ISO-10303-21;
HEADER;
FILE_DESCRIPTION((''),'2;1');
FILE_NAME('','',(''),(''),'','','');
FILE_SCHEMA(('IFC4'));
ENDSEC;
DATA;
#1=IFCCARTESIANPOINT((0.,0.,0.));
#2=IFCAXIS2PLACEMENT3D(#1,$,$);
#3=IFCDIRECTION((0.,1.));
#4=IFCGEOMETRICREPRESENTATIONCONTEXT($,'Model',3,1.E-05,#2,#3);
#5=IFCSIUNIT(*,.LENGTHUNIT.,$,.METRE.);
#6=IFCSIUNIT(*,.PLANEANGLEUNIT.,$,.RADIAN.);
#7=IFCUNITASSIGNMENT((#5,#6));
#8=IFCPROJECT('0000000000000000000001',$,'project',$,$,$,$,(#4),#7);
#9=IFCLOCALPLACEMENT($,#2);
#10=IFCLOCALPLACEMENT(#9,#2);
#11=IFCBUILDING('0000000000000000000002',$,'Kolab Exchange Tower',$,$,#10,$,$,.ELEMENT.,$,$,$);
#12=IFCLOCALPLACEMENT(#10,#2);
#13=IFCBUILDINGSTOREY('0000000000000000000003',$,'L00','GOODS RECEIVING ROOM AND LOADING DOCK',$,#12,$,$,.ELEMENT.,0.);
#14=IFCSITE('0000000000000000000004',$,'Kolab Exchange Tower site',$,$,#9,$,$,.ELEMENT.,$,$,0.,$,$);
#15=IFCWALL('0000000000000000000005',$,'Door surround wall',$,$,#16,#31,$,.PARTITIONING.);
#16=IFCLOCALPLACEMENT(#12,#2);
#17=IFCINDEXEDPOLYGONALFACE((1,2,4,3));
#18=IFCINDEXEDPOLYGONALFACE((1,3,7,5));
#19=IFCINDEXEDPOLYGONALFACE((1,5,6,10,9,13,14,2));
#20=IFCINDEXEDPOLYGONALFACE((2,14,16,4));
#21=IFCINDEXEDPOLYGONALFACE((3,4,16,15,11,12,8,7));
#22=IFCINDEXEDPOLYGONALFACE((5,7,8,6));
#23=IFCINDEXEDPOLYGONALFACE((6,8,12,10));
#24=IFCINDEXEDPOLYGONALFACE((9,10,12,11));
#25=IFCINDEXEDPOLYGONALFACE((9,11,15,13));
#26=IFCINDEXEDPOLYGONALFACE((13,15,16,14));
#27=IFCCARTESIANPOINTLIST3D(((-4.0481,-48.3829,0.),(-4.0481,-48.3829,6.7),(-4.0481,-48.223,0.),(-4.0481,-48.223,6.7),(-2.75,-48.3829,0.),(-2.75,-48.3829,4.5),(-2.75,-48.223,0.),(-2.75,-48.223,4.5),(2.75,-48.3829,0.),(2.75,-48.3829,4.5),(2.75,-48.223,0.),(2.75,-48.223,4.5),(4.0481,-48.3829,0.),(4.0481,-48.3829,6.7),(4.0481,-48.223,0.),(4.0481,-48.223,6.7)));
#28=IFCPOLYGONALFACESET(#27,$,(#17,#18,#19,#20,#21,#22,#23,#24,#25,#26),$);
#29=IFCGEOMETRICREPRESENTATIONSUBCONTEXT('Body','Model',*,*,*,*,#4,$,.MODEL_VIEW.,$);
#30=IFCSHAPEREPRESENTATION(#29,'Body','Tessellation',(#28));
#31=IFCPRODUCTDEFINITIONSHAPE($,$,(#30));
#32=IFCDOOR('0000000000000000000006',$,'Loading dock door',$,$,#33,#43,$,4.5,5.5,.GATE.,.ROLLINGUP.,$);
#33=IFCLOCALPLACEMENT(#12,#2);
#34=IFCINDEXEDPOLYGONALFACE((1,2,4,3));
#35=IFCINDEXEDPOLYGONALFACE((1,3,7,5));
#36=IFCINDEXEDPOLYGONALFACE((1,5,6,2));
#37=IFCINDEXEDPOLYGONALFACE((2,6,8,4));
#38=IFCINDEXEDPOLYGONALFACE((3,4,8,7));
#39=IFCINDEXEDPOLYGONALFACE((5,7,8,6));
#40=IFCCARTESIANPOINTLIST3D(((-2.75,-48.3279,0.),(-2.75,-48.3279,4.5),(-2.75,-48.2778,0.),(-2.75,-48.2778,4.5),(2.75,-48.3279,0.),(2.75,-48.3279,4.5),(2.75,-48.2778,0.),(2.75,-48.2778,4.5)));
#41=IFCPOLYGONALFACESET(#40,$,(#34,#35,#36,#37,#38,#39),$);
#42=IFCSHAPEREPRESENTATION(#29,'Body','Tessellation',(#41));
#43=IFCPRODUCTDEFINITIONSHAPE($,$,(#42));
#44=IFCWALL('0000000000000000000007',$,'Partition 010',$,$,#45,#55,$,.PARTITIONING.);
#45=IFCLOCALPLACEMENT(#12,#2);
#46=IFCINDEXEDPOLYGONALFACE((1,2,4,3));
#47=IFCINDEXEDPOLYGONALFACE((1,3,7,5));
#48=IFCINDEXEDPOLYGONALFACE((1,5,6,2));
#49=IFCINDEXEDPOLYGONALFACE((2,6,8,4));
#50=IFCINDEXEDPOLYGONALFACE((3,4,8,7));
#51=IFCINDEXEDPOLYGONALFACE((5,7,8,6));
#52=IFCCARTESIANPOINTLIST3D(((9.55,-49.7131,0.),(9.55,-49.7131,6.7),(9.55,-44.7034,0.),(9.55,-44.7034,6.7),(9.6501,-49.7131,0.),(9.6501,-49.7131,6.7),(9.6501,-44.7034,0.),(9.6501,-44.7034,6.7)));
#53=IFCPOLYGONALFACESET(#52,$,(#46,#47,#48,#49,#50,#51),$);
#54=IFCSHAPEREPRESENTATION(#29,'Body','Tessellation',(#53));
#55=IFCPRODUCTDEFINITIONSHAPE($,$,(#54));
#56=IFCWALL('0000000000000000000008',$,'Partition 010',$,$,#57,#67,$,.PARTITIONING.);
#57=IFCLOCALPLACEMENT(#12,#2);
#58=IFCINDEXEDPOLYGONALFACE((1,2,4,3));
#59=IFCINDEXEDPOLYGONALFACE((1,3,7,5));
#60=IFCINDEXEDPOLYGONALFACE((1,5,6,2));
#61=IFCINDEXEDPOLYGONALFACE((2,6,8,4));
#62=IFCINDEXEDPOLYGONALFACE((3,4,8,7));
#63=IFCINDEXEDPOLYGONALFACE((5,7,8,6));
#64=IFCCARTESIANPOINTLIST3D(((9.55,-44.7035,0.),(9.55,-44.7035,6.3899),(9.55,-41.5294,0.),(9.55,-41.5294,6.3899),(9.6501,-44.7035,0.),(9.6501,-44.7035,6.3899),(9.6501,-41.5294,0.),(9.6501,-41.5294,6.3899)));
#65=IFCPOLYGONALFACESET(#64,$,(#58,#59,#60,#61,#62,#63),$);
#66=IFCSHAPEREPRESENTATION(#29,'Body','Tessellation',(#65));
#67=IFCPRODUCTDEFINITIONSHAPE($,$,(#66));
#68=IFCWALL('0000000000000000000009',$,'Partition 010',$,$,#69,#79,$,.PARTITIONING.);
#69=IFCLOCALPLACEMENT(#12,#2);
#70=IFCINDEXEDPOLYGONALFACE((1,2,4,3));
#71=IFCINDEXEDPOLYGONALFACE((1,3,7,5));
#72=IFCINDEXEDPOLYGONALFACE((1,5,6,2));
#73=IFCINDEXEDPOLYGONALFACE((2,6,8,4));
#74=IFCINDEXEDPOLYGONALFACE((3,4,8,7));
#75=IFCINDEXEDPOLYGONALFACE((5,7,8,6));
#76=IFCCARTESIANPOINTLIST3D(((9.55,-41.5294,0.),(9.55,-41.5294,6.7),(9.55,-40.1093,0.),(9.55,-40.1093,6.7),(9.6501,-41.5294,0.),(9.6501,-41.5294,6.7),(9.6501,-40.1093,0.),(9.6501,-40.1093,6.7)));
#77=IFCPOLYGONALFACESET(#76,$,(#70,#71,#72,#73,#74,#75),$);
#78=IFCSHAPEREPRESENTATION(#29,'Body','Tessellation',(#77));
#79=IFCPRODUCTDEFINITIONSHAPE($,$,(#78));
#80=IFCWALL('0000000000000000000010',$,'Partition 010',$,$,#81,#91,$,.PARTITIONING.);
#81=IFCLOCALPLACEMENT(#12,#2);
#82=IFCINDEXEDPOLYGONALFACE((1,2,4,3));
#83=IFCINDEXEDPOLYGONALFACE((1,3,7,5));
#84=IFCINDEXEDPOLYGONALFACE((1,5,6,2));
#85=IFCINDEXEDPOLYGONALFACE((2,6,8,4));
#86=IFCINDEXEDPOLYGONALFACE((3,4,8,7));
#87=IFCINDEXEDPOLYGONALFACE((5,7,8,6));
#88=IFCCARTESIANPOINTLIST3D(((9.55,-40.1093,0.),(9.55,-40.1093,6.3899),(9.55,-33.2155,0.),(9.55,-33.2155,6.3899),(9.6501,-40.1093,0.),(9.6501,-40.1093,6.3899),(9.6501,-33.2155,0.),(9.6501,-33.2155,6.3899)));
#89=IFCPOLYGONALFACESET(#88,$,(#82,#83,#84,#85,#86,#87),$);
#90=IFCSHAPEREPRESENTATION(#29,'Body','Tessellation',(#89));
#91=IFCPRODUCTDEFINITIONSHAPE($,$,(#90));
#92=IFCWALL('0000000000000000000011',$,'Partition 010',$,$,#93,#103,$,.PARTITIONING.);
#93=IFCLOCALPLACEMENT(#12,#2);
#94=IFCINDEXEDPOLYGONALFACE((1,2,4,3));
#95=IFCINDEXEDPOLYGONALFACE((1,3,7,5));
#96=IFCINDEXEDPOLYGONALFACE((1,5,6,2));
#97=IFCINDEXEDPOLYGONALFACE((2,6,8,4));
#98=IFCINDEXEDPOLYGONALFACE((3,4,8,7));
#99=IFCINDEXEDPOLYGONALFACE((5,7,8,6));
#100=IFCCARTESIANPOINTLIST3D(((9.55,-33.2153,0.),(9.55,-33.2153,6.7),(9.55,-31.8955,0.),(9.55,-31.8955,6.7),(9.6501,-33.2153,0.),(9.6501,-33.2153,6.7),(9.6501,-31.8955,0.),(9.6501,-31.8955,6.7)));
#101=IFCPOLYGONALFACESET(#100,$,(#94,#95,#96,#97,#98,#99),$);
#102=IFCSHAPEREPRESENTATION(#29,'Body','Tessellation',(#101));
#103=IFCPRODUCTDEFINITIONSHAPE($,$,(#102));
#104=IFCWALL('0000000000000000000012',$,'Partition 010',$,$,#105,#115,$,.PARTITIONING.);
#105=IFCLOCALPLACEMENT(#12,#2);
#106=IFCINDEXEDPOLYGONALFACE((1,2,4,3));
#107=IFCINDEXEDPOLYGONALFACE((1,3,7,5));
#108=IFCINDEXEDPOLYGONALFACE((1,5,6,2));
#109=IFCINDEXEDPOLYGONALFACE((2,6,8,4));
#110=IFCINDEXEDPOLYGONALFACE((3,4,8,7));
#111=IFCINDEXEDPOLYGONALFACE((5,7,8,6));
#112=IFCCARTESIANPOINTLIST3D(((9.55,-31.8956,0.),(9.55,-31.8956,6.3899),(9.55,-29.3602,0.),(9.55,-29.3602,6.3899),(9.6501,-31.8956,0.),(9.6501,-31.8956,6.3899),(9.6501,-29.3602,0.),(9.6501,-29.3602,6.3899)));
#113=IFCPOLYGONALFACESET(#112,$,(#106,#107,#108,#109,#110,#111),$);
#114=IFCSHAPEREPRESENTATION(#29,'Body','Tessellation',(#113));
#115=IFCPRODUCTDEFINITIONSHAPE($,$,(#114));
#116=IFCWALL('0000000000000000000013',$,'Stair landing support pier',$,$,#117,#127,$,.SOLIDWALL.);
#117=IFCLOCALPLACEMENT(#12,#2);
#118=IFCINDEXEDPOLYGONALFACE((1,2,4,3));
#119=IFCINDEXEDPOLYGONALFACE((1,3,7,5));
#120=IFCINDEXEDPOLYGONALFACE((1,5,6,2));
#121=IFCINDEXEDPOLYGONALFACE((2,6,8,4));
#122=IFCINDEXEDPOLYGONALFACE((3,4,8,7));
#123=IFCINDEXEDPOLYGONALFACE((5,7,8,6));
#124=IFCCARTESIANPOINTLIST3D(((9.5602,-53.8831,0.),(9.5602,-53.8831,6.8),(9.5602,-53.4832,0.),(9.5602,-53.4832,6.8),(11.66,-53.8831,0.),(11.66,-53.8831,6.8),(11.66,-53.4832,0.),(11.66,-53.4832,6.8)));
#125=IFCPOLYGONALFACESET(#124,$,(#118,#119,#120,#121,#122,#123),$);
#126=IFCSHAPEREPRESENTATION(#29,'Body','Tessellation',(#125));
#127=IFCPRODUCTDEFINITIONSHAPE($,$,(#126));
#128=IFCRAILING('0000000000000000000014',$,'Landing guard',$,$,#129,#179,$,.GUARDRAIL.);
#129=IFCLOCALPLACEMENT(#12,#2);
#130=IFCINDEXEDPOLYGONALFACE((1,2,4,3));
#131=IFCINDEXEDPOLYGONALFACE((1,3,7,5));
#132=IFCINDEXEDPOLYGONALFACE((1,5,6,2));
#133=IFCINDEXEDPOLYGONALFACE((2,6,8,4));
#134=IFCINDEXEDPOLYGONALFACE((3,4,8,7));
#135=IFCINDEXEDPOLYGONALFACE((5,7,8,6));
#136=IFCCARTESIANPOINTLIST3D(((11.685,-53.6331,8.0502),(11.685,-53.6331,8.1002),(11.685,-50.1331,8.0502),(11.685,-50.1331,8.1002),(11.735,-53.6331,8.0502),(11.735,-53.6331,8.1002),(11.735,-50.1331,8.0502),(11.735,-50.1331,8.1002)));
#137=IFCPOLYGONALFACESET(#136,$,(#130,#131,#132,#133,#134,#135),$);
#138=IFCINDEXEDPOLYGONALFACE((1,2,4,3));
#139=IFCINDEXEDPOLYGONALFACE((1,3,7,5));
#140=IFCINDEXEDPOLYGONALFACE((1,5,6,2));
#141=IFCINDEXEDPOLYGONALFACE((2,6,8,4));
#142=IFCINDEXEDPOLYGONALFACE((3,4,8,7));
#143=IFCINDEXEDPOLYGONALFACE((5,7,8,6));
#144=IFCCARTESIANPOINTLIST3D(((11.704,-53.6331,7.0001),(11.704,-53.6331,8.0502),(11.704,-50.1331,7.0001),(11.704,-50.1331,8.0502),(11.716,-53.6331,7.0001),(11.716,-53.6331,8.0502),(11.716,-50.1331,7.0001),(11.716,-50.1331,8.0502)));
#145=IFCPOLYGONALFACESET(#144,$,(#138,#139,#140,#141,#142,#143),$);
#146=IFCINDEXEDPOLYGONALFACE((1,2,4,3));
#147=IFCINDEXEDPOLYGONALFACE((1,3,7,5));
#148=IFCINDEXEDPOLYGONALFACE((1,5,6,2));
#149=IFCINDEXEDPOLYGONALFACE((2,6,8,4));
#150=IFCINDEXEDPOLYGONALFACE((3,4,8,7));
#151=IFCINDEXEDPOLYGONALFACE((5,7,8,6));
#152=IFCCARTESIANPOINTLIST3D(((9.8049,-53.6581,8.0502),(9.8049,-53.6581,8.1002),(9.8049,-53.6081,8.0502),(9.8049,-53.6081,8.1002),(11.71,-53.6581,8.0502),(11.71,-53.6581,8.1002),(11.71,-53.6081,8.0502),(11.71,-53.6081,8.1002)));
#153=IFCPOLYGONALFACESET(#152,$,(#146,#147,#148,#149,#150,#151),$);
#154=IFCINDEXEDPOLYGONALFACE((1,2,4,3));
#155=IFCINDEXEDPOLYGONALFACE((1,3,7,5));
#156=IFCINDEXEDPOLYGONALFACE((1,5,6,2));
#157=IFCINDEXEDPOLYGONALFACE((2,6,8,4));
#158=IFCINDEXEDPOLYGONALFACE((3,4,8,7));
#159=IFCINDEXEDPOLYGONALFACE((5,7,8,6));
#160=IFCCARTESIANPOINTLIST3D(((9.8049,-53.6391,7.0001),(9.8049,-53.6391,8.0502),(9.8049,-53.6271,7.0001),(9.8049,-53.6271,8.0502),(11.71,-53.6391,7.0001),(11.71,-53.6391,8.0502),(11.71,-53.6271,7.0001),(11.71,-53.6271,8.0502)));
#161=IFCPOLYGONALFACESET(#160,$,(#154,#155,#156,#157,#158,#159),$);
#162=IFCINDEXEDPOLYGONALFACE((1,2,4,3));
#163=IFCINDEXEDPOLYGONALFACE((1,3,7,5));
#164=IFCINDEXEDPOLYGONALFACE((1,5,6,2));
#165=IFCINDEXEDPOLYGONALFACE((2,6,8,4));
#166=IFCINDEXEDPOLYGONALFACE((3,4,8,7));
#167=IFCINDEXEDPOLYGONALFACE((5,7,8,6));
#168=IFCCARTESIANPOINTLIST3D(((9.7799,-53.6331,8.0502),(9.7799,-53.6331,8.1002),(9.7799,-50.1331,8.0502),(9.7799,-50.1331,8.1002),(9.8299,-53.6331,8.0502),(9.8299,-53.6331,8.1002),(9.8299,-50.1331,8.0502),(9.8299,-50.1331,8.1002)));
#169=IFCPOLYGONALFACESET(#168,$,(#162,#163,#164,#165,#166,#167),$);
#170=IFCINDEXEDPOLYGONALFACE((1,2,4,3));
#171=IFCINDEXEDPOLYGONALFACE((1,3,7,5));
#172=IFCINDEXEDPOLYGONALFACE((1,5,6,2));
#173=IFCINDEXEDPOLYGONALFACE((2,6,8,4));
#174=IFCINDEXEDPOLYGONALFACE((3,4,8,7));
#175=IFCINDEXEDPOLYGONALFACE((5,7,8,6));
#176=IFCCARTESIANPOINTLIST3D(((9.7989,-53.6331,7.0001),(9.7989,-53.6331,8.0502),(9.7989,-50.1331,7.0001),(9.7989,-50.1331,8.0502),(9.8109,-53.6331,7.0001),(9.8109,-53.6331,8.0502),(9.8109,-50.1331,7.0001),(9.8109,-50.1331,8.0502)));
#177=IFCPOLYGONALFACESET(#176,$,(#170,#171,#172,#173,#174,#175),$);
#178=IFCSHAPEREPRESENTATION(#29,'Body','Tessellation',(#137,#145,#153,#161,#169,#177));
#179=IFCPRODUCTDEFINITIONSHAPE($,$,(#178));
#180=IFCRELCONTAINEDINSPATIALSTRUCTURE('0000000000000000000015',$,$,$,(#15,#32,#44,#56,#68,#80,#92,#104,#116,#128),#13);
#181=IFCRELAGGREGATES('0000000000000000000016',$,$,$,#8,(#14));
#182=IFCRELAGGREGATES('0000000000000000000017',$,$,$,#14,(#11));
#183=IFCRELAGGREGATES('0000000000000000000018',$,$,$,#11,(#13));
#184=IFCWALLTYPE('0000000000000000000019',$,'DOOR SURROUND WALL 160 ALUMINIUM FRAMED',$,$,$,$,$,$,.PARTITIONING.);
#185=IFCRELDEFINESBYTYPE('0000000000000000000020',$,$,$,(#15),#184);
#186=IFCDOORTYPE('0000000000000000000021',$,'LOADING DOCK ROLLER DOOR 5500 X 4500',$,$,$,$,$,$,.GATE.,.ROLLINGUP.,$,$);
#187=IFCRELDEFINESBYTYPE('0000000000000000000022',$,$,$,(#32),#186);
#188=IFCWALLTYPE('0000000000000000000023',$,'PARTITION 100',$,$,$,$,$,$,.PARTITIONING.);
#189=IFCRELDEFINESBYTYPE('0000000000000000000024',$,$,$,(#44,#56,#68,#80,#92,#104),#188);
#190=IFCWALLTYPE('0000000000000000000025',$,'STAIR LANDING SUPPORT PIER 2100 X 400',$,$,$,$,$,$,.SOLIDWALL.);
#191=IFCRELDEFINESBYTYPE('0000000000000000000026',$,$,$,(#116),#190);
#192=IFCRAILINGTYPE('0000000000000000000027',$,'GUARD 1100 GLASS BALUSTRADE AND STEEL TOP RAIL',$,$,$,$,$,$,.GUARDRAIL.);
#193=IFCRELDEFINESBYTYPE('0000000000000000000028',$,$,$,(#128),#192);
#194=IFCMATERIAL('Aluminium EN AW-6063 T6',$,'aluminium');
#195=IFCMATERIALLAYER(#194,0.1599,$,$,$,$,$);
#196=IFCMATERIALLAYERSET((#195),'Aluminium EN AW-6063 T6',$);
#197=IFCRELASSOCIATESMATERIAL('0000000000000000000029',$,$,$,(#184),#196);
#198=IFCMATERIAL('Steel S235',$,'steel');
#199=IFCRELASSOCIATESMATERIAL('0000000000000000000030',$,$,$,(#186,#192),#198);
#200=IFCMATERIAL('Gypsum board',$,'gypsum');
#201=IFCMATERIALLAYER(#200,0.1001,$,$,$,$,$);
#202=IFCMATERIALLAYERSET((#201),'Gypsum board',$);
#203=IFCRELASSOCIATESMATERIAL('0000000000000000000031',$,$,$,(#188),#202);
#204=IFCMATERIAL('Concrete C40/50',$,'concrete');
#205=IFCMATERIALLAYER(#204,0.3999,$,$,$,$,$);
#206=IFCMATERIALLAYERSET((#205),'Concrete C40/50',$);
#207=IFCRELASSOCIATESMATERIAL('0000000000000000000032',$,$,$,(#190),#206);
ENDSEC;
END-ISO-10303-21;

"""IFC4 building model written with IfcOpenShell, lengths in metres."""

from ifc_helpers import new_model, si_unit, direction, frame, frame_2d, origin, origin_2d, place, context, subcontext, project, spatial, rectangle, extrude, material, layer, layer_set, type_object, element, fill, save


model = new_model("IFC4")

# Units and contexts
model_context = context("Model", 3, precision=1e-05, world=origin(), true_north=direction((0.0, 1.0)))
body_context = subcontext(model_context, "Body", "Model", "MODEL_VIEW")
ifc_project = project(units=[si_unit("LENGTHUNIT", "METRE"), si_unit("PLANEANGLEUNIT", "RADIAN")], contexts=[model_context])

# Site, building, storey
site_placement = place(None, origin())
site = spatial("IfcSite", under=ifc_project, at=site_placement, Name="Kolab Exchange Tower site", CompositionType="ELEMENT", RefElevation=0.0)
building_placement = place(site_placement, origin())
building = spatial("IfcBuilding", under=site, at=building_placement, Name="Kolab Exchange Tower", CompositionType="ELEMENT")
storey_placement = place(building_placement, origin())
storey = spatial("IfcBuildingStorey", under=building, at=storey_placement, Name="L00", Description="GOODS RECEIVING ROOM AND LOADING DOCK", CompositionType="ELEMENT", Elevation=0.0)

# Shared definitions
ifc_material_1 = material(Name="Aluminium EN AW-6063 T6", Category="aluminium")

# Wall, opening, door
ifc_layer_1 = layer(ifc_material_1, 0.1599)
ifc_layer_set_1 = layer_set([ifc_layer_1], Name="Aluminium EN AW-6063 T6")
wall_type_1 = type_object("IfcWallType", Name="DOOR SURROUND WALL 160 ALUMINIUM FRAMED", PredefinedType="PARTITIONING", material=ifc_layer_set_1)
wall_1_placement = place(storey_placement, frame((4.0481, -48.303, 0.0), z_axis=(0.0, 0.0, 1.0), x_axis=(-1.0, 0.0, 0.0)))
wall_1 = element("IfcWall", 1, at=wall_1_placement, inside=storey, type_object=wall_type_1, Name="Door surround wall", PredefinedType="PARTITIONING", context=body_context, shape_type="SweptSolid", body=[
    extrude(rectangle(XDim=8.0962, YDim=0.1599, at=frame_2d((4.0481, 0.0))), origin(), (0.0, 0.0, 1.0), 6.7),
])
opening_placement = place(wall_1_placement, frame((1.2981, 0.0, 0.0)))
opening = element("IfcOpeningElement", 2, at=opening_placement, cuts=wall_1, PredefinedType="OPENING", context=body_context, shape_type="SweptSolid", body=[
    extrude(rectangle(XDim=5.5, YDim=4.5, at=frame_2d((2.75, 2.25))), frame((0.0, 0.0898, 0.0), z_axis=(0.0, -1.0, 0.0), x_axis=(1.0, 0.0, 0.0)), (0.0, 0.0, 1.0), 0.1799),
])
ifc_material_2 = material(Name="Steel S235", Category="steel")
door_type = type_object("IfcDoorType", Name="LOADING DOCK ROLLER DOOR 5500 X 4500", OperationType="ROLLINGUP", PredefinedType="GATE", material=ifc_material_2)
door_placement = place(opening_placement, origin())
door = element("IfcDoor", 3, at=door_placement, inside=storey, type_object=door_type, Name="Loading dock door", OperationType="ROLLINGUP", OverallHeight=4.5, OverallWidth=5.5, PredefinedType="GATE", context=body_context, shape_type="SweptSolid", body=[
    extrude(rectangle(XDim=5.5, YDim=4.5, at=frame_2d((2.75, 2.25))), frame((0.0, 0.0249, 0.0), z_axis=(0.0, -1.0, 0.0), x_axis=(1.0, 0.0, 0.0)), (0.0, 0.0, 1.0), 0.05),
])
fill(opening, door)

# Walls
ifc_material_3 = material(Name="Gypsum board", Category="gypsum")
ifc_layer_2 = layer(ifc_material_3, 0.1001)
ifc_layer_set_2 = layer_set([ifc_layer_2], Name="Gypsum board")
wall_type_2 = type_object("IfcWallType", Name="PARTITION 100", PredefinedType="PARTITIONING", material=ifc_layer_set_2)
wall_2_placement = place(storey_placement, frame((9.6001, -49.7131, 0.0), z_axis=(0.0, 0.0, 1.0), x_axis=(0.0, 1.0, 0.0)))
element("IfcWall", 4, at=wall_2_placement, inside=storey, type_object=wall_type_2, Name="Partition 010", PredefinedType="PARTITIONING", context=body_context, shape_type="SweptSolid", body=[
    extrude(rectangle(XDim=5.0098, YDim=0.1001, at=frame_2d((2.5049, 0.0))), origin(), (0.0, 0.0, 1.0), 6.7),
])
wall_3_placement = place(storey_placement, frame((9.6001, -44.7034, 0.0), z_axis=(0.0, 0.0, 1.0), x_axis=(0.0, 1.0, 0.0)))
element("IfcWall", 5, at=wall_3_placement, inside=storey, type_object=wall_type_2, Name="Partition 010", PredefinedType="PARTITIONING", context=body_context, shape_type="SweptSolid", body=[
    extrude(rectangle(XDim=3.1741, YDim=0.1001, at=frame_2d((1.5869, 0.0))), origin(), (0.0, 0.0, 1.0), 6.3899),
])
wall_4_placement = place(storey_placement, frame((9.6001, -41.5293, 0.0), z_axis=(0.0, 0.0, 1.0), x_axis=(0.0, 1.0, 0.0)))
element("IfcWall", 6, at=wall_4_placement, inside=storey, type_object=wall_type_2, Name="Partition 010", PredefinedType="PARTITIONING", context=body_context, shape_type="SweptSolid", body=[
    extrude(rectangle(XDim=1.4202, YDim=0.1001, at=frame_2d((0.71, 0.0))), origin(), (0.0, 0.0, 1.0), 6.7),
])
wall_5_placement = place(storey_placement, frame((9.6001, -40.1091, 0.0), z_axis=(0.0, 0.0, 1.0), x_axis=(0.0, 1.0, 0.0)))
element("IfcWall", 7, at=wall_5_placement, inside=storey, type_object=wall_type_2, Name="Partition 010", PredefinedType="PARTITIONING", context=body_context, shape_type="SweptSolid", body=[
    extrude(rectangle(XDim=6.8938, YDim=0.1001, at=frame_2d((3.4468, 0.0))), origin(), (0.0, 0.0, 1.0), 6.3899),
])
wall_6_placement = place(storey_placement, frame((9.6001, -33.2153, 0.0), z_axis=(0.0, 0.0, 1.0), x_axis=(0.0, 1.0, 0.0)))
element("IfcWall", 8, at=wall_6_placement, inside=storey, type_object=wall_type_2, Name="Partition 010", PredefinedType="PARTITIONING", context=body_context, shape_type="SweptSolid", body=[
    extrude(rectangle(XDim=1.3198, YDim=0.1001, at=frame_2d((0.6599, 0.0))), origin(), (0.0, 0.0, 1.0), 6.7),
])
wall_7_placement = place(storey_placement, frame((9.6001, -31.8955, 0.0), z_axis=(0.0, 0.0, 1.0), x_axis=(0.0, 1.0, 0.0)))
element("IfcWall", 9, at=wall_7_placement, inside=storey, type_object=wall_type_2, Name="Partition 010", PredefinedType="PARTITIONING", context=body_context, shape_type="SweptSolid", body=[
    extrude(rectangle(XDim=2.5354, YDim=0.1001, at=frame_2d((1.2676, 0.0))), origin(), (0.0, 0.0, 1.0), 6.3899),
])
ifc_material_4 = material(Name="Concrete C40/50", Category="concrete")
ifc_layer_3 = layer(ifc_material_4, 0.3999)
ifc_layer_set_3 = layer_set([ifc_layer_3], Name="Concrete C40/50")
wall_type_3 = type_object("IfcWallType", Name="STAIR LANDING SUPPORT PIER 2100 X 400", PredefinedType="SOLIDWALL", material=ifc_layer_set_3)
wall_8_placement = place(storey_placement, frame((11.6599, -53.6831, 0.0), z_axis=(0.0, 0.0, 1.0), x_axis=(-1.0, 0.0, 0.0)))
element("IfcWall", 10, at=wall_8_placement, inside=storey, type_object=wall_type_3, Name="Stair landing support pier", PredefinedType="SOLIDWALL", context=body_context, shape_type="SweptSolid", body=[
    extrude(rectangle(XDim=2.0999, YDim=0.3999, at=frame_2d((1.0498, 0.0))), origin(), (0.0, 0.0, 1.0), 6.8),
])

# Railing
railing_type = type_object("IfcRailingType", Name="GUARD 1100 GLASS BALUSTRADE AND STEEL TOP RAIL", PredefinedType="GUARDRAIL", material=ifc_material_2)
railing_placement = place(storey_placement, frame((11.71, -50.1331, 7.0)))
element("IfcRailing", 11, at=railing_placement, inside=storey, type_object=railing_type, Name="Landing guard", PredefinedType="GUARDRAIL", context=body_context, shape_type="SweptSolid", body=[
    extrude(rectangle(XDim=0.05, YDim=0.05, at=origin_2d()), frame((0.0, 0.0, 1.0752), z_axis=(0.0, -1.0, 0.0), x_axis=(1.0, 0.0, 0.0)), (0.0, 0.0, 1.0), 3.5),
    extrude(rectangle(XDim=0.012, YDim=1.0501, at=frame_2d((0.0, 0.5251))), frame((0.0, 0.0, 0.0), z_axis=(0.0, -1.0, 0.0), x_axis=(1.0, 0.0, 0.0)), (0.0, 0.0, 1.0), 3.5),
    extrude(rectangle(XDim=0.05, YDim=0.05, at=origin_2d()), frame((0.0, -3.5, 1.0752), z_axis=(-1.0, 0.0, 0.0), x_axis=(0.0, -1.0, 0.0)), (0.0, 0.0, 1.0), 1.905),
    extrude(rectangle(XDim=0.012, YDim=1.0501, at=frame_2d((0.0, 0.5251))), frame((0.0, -3.5, 0.0), z_axis=(-1.0, 0.0, 0.0), x_axis=(0.0, -1.0, 0.0)), (0.0, 0.0, 1.0), 1.905),
    extrude(rectangle(XDim=0.05, YDim=0.05, at=origin_2d()), frame((-1.905, -3.5, 1.0752), z_axis=(0.0, 1.0, 0.0), x_axis=(-1.0, 0.0, 0.0)), (0.0, 0.0, 1.0), 3.5),
    extrude(rectangle(XDim=0.012, YDim=1.0501, at=frame_2d((0.0, 0.5251))), frame((-1.905, -3.5, 0.0), z_axis=(0.0, 1.0, 0.0), x_axis=(-1.0, 0.0, 0.0)), (0.0, 0.0, 1.0), 3.5),
])

save(model, "model.ifc")
